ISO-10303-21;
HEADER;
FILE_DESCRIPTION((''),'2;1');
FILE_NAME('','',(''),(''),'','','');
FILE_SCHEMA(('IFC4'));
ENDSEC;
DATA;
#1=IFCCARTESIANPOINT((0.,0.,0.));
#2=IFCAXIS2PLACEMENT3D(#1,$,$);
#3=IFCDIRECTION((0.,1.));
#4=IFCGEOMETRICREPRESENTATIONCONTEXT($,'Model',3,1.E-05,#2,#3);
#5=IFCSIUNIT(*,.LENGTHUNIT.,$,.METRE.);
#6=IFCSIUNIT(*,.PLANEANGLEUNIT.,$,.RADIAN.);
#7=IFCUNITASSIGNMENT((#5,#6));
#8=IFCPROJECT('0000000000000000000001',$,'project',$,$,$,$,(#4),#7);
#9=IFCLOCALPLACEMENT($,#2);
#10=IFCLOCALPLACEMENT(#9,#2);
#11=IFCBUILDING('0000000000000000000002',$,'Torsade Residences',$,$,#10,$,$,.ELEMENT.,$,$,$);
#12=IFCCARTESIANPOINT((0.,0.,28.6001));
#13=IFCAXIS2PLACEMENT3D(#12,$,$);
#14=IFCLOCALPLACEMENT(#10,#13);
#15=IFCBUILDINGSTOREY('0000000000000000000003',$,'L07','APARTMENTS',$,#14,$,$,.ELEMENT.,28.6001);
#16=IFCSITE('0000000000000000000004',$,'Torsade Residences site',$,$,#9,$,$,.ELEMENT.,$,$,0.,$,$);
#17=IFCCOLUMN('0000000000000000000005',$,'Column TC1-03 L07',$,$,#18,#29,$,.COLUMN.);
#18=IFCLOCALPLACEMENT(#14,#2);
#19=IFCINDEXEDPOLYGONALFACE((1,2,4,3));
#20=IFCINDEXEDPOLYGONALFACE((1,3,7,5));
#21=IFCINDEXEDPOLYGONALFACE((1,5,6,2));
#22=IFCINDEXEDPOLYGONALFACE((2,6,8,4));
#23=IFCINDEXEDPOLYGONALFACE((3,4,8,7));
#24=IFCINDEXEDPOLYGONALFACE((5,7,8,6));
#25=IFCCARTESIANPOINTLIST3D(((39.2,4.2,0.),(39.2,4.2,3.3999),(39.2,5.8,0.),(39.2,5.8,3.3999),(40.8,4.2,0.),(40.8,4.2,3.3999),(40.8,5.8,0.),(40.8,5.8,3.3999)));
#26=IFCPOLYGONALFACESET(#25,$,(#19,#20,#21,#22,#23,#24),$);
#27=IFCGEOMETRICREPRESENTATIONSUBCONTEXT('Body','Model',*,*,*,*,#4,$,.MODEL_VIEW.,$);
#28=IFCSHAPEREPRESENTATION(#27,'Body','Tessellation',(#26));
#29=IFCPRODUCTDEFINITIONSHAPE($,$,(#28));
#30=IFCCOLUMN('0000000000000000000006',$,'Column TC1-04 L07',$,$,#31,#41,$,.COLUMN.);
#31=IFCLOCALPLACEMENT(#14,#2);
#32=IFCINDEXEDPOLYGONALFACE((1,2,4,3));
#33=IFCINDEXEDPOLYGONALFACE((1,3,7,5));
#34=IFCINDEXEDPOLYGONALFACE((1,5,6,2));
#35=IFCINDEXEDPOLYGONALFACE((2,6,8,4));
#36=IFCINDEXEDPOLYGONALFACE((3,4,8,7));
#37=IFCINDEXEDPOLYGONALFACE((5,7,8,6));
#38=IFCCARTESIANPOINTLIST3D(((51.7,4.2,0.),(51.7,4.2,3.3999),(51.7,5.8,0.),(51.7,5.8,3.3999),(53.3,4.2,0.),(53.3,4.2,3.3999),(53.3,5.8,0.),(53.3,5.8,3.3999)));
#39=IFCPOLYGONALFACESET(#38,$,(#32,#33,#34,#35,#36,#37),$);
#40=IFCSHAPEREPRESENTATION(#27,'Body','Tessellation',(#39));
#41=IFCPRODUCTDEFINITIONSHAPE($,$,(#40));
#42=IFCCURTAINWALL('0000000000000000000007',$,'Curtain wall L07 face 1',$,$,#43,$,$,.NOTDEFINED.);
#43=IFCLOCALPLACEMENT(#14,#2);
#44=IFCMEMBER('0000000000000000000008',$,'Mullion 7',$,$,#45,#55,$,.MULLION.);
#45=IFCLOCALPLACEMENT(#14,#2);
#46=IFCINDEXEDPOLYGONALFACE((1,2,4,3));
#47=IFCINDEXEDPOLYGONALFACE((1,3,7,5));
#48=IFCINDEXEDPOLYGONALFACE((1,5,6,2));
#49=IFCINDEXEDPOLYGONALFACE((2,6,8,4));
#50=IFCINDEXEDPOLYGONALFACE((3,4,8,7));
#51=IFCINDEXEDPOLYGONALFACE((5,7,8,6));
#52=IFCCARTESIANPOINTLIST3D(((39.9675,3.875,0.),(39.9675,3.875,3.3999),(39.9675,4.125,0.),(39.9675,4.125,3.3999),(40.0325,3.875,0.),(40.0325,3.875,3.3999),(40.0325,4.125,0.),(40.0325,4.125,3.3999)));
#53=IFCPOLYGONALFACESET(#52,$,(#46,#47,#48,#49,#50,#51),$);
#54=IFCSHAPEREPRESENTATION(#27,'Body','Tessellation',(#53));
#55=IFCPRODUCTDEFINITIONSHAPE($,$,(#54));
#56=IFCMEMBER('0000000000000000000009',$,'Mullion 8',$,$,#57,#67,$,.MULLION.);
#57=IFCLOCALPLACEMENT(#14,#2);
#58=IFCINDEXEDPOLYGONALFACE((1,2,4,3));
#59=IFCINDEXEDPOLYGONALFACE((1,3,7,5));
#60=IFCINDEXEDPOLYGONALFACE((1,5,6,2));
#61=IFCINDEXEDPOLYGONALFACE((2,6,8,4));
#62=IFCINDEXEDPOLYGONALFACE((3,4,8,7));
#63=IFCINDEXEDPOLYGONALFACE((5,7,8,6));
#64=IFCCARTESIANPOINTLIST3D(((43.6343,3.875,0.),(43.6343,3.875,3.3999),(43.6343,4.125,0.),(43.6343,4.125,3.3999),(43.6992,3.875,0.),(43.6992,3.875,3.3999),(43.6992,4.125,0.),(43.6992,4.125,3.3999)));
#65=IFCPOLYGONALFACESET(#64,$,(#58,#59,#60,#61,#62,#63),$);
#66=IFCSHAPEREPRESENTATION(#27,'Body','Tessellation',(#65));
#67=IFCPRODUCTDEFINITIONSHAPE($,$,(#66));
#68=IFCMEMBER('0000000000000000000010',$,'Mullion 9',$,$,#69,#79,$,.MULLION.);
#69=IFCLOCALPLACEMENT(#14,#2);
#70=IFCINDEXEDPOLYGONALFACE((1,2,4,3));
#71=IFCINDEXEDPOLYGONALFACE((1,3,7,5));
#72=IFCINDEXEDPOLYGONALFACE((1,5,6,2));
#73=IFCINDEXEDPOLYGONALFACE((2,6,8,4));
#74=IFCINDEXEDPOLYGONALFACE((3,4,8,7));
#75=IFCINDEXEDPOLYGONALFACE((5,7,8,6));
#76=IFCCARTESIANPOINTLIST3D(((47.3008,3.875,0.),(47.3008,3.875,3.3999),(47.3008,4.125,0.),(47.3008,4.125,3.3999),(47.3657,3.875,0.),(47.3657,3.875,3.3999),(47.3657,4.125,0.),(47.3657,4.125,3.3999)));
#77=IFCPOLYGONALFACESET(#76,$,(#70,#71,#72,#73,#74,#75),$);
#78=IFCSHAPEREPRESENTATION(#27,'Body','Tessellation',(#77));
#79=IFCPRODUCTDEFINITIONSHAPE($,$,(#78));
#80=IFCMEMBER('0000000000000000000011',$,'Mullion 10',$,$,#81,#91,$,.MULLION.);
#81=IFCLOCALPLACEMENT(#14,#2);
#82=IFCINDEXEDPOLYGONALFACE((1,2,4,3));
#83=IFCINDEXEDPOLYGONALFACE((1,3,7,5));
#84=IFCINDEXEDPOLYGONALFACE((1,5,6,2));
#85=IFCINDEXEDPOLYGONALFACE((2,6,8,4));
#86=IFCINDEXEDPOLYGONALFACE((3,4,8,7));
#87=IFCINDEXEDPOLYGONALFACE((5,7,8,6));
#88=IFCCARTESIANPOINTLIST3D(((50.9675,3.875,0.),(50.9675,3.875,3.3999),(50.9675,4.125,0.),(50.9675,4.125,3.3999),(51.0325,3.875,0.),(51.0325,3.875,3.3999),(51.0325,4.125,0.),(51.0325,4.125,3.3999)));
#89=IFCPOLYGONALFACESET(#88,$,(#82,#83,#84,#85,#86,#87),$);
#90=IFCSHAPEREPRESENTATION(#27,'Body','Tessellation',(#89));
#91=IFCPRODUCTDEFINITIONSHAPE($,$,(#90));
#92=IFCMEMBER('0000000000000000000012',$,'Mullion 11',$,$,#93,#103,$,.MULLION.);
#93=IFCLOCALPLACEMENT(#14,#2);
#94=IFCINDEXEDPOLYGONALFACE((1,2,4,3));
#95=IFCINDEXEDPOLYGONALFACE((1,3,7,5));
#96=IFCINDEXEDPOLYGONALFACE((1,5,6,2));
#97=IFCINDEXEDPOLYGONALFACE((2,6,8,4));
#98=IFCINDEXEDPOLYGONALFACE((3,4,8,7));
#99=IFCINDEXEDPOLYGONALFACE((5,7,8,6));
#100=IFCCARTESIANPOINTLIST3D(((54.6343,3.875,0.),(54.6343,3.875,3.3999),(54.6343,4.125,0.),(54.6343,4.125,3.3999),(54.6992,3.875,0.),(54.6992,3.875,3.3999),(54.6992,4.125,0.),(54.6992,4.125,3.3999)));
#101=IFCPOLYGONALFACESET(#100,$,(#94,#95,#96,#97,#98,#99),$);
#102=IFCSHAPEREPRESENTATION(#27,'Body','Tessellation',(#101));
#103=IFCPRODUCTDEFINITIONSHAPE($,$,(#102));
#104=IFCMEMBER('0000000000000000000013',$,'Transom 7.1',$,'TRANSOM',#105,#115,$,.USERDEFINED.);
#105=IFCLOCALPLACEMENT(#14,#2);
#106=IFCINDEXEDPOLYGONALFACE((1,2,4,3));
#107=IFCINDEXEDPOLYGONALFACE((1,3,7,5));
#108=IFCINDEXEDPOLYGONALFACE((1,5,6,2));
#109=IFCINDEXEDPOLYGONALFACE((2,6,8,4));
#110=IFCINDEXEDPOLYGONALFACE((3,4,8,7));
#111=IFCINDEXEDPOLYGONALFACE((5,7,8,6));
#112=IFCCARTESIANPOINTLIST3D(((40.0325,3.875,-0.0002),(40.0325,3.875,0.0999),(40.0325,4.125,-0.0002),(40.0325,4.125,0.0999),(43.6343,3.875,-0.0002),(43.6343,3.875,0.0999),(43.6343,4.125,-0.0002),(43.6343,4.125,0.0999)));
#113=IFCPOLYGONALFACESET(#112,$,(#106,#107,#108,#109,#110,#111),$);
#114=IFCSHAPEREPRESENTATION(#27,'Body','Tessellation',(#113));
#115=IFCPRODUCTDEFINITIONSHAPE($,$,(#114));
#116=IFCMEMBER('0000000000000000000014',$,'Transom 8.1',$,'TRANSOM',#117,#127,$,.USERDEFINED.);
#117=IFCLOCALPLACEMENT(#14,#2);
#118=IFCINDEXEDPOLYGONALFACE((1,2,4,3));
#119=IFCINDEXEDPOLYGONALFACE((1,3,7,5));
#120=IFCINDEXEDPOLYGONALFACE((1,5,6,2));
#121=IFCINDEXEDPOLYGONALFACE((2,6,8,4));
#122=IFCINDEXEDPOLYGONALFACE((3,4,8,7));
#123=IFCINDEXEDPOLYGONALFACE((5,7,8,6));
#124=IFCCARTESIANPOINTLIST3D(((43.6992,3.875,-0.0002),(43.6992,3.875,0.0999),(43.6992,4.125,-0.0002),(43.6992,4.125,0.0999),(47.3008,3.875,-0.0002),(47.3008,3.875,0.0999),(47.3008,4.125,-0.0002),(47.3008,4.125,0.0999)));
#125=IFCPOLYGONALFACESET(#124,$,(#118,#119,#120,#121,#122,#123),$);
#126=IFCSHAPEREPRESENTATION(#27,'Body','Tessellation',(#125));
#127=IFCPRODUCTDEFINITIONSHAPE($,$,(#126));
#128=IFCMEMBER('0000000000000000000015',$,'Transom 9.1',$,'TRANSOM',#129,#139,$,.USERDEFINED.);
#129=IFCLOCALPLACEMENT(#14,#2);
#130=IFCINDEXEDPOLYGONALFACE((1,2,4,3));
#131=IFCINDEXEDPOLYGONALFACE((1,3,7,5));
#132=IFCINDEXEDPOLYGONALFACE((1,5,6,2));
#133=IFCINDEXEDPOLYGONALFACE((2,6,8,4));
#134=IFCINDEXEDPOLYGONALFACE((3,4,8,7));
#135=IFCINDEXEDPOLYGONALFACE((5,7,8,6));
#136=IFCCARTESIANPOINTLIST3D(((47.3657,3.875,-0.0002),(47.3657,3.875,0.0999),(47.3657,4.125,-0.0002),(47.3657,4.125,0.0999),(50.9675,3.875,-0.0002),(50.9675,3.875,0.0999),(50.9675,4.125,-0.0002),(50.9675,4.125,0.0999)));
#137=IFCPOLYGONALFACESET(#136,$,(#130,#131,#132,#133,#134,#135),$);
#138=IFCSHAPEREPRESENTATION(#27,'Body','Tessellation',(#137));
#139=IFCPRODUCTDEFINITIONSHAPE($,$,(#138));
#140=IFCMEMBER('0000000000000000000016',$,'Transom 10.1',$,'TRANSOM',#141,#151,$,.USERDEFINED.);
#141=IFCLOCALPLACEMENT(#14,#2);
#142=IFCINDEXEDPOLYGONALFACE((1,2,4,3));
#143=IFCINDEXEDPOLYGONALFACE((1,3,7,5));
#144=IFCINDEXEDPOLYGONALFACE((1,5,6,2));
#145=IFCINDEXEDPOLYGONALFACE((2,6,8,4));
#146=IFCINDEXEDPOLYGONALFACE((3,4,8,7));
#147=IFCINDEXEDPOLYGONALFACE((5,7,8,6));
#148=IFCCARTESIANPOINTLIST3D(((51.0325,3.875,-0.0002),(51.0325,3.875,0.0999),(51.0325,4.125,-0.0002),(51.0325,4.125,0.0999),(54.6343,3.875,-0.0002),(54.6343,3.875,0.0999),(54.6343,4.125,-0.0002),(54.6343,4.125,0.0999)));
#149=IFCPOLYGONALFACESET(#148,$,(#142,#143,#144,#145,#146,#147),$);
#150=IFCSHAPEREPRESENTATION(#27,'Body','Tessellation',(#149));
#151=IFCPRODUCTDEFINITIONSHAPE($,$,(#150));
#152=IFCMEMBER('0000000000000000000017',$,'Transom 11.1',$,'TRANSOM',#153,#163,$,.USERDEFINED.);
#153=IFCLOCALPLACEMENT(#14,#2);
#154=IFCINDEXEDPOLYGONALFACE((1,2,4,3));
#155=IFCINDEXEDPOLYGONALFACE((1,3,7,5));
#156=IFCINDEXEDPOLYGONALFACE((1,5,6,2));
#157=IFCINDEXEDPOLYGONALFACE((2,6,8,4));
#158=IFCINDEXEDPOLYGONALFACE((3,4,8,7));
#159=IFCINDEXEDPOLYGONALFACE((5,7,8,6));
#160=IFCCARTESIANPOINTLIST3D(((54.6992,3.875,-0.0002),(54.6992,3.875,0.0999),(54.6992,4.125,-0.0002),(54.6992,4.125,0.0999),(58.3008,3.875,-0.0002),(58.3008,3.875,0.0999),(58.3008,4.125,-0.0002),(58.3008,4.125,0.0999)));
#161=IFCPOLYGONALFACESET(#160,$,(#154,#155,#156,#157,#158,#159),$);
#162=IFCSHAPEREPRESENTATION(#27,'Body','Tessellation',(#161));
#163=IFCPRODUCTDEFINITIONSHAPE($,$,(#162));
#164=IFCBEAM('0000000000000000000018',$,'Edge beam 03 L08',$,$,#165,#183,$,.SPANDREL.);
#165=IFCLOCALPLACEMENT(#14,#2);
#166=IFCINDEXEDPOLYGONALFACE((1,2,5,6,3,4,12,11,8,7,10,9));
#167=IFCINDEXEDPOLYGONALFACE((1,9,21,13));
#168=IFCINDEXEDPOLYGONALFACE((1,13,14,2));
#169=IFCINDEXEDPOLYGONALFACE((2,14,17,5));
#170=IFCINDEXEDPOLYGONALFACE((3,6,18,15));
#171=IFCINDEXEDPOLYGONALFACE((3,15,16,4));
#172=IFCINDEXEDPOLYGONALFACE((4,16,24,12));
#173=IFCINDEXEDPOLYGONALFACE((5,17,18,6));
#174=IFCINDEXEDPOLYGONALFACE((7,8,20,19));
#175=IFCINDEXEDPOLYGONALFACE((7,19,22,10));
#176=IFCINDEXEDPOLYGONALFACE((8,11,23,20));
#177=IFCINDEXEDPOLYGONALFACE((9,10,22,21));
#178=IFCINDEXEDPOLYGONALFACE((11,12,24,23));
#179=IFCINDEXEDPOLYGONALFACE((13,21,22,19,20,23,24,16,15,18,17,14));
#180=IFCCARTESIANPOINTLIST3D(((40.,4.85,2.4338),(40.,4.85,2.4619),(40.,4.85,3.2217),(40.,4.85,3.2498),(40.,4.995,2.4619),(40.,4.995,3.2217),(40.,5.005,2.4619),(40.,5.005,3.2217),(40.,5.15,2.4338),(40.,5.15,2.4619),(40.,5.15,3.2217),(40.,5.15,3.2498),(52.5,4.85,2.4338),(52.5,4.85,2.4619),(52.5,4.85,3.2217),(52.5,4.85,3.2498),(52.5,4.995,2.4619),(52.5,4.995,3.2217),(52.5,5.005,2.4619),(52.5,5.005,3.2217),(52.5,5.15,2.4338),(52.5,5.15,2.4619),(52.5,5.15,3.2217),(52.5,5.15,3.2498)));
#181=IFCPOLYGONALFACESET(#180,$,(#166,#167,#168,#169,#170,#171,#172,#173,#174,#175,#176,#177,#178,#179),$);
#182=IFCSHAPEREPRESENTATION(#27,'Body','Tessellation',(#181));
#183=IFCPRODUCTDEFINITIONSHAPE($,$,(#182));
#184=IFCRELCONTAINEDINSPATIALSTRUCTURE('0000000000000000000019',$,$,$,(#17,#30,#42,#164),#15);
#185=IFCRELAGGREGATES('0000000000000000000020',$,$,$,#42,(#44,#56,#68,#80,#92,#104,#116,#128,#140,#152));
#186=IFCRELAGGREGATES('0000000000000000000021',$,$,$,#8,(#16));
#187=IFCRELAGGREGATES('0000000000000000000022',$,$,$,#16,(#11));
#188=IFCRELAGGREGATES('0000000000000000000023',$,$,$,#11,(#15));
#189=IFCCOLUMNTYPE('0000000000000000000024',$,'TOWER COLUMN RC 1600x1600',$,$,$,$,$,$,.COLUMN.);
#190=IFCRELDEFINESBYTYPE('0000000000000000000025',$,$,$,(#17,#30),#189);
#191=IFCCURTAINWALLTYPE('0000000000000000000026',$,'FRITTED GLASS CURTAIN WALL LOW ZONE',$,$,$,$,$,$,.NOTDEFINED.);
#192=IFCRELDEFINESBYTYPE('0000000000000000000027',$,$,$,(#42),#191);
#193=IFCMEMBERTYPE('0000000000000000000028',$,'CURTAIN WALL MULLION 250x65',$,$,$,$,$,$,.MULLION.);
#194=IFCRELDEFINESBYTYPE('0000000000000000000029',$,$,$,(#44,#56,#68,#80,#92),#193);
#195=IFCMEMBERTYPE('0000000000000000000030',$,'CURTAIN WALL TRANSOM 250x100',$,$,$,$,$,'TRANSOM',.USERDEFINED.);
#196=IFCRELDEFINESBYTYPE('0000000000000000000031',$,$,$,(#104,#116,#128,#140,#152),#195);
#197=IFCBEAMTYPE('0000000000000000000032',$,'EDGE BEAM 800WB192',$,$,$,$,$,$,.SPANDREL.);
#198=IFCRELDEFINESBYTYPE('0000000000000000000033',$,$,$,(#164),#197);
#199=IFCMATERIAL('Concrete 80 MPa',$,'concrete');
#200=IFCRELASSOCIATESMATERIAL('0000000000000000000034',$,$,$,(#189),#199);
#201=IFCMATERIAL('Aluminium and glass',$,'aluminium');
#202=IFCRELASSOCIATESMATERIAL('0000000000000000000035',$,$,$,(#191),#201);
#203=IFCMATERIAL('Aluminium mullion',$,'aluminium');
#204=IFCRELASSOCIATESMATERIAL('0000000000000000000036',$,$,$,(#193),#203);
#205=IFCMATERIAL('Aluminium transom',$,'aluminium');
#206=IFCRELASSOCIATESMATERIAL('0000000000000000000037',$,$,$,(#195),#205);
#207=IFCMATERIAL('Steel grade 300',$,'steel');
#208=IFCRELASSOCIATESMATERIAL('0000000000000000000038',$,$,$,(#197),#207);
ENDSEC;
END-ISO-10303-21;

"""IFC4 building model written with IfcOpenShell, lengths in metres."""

from ifc_helpers import new_model, si_unit, direction, frame, origin, origin_2d, place, context, subcontext, project, spatial, rectangle, i_section, extrude, material, material_profile, profile_set, type_object, element, aggregate, save


model = new_model("IFC4")

# Units and contexts
model_context = context("Model", 3, precision=1e-05, world=origin(), true_north=direction((0.0, 1.0)))
body_context = subcontext(model_context, "Body", "Model", "MODEL_VIEW")
ifc_project = project(units=[si_unit("LENGTHUNIT", "METRE"), si_unit("PLANEANGLEUNIT", "RADIAN")], contexts=[model_context])

# Site, building, storey
site_placement = place(None, origin())
site = spatial("IfcSite", under=ifc_project, at=site_placement, Name="Torsade Residences site", CompositionType="ELEMENT", RefElevation=0.0)
building_placement = place(site_placement, origin())
building = spatial("IfcBuilding", under=site, at=building_placement, Name="Torsade Residences", CompositionType="ELEMENT")
storey_placement = place(building_placement, frame((0.0, 0.0, 28.6001)))
storey = spatial("IfcBuildingStorey", under=building, at=storey_placement, Name="L07", Description="APARTMENTS", CompositionType="ELEMENT", Elevation=28.6001)

# Columns
ifc_material_1 = material(Name="Concrete 80 MPa", Category="concrete")
ifc_material_profile_1 = material_profile(ifc_material_1, rectangle(XDim=1.6001, YDim=1.6001, at=origin_2d()), Name="RC 1600x1600")
ifc_profile_set_1 = profile_set([ifc_material_profile_1], Name="Concrete 80 MPa")
column_type = type_object("IfcColumnType", Name="TOWER COLUMN RC 1600x1600", PredefinedType="COLUMN", material=ifc_profile_set_1)
for number, where, z_axis, x_axis, name in (
    (1, (40.0, 5.0, 0.0), (0.0, 0.0, 1.0), (1.0, 0.0, 0.0), "Column TC1-03 L07"),
    (2, (52.5, 5.0, 0.0), (0.0, 0.0, 1.0), (1.0, 0.0, 0.0), "Column TC1-04 L07"),
):
    element("IfcColumn", number, at=place(storey_placement, frame(where, z_axis=z_axis, x_axis=x_axis)), inside=storey, type_object=column_type, Name=name, PredefinedType="COLUMN", context=body_context, shape_type="SweptSolid", body=[
        extrude(rectangle(XDim=1.6001, YDim=1.6001, at=origin_2d()), origin(), (0.0, 0.0, 1.0), 3.3999),
    ])

# Curtain wall, members
ifc_material_2 = material(Name="Aluminium and glass", Category="aluminium")
curtain_wall_type = type_object("IfcCurtainWallType", Name="FRITTED GLASS CURTAIN WALL LOW ZONE", PredefinedType="NOTDEFINED", material=ifc_material_2)
curtain_wall_placement = place(storey_placement, origin())
curtain_wall = element("IfcCurtainWall", 3, at=curtain_wall_placement, inside=storey, type_object=curtain_wall_type, Name="Curtain wall L07 face 1", PredefinedType="NOTDEFINED")
ifc_material_3 = material(Name="Aluminium mullion", Category="aluminium")
ifc_material_profile_2 = material_profile(ifc_material_3, rectangle(XDim=0.25, YDim=0.0649, at=origin_2d()), Name="CURTAIN WALL MULLION 250x65")
ifc_profile_set_2 = profile_set([ifc_material_profile_2], Name="Aluminium mullion")
member_type_1 = type_object("IfcMemberType", Name="CURTAIN WALL MULLION 250x65", PredefinedType="MULLION", material=ifc_profile_set_2)
member_1_placement = place(storey_placement, frame((40.0, 4.0, 0.0), z_axis=(0.0, 0.0, 1.0), x_axis=(0.0, 1.0, 0.0)))
member_1 = element("IfcMember", 4, at=member_1_placement, type_object=member_type_1, Name="Mullion 7", PredefinedType="MULLION", context=body_context, shape_type="SweptSolid", body=[
    extrude(rectangle(XDim=0.25, YDim=0.0649, at=origin_2d()), origin(), (0.0, 0.0, 1.0), 3.3999),
])
member_2_placement = place(storey_placement, frame((43.6667, 4.0, 0.0), z_axis=(0.0, 0.0, 1.0), x_axis=(0.0, 1.0, 0.0)))
member_2 = element("IfcMember", 5, at=member_2_placement, type_object=member_type_1, Name="Mullion 8", PredefinedType="MULLION", context=body_context, shape_type="SweptSolid", body=[
    extrude(rectangle(XDim=0.25, YDim=0.0649, at=origin_2d()), origin(), (0.0, 0.0, 1.0), 3.3999),
])
member_3_placement = place(storey_placement, frame((47.3333, 4.0, 0.0), z_axis=(0.0, 0.0, 1.0), x_axis=(0.0, 1.0, 0.0)))
member_3 = element("IfcMember", 6, at=member_3_placement, type_object=member_type_1, Name="Mullion 9", PredefinedType="MULLION", context=body_context, shape_type="SweptSolid", body=[
    extrude(rectangle(XDim=0.25, YDim=0.0649, at=origin_2d()), origin(), (0.0, 0.0, 1.0), 3.3999),
])
member_4_placement = place(storey_placement, frame((51.0, 4.0, 0.0), z_axis=(0.0, 0.0, 1.0), x_axis=(0.0, 1.0, 0.0)))
member_4 = element("IfcMember", 7, at=member_4_placement, type_object=member_type_1, Name="Mullion 10", PredefinedType="MULLION", context=body_context, shape_type="SweptSolid", body=[
    extrude(rectangle(XDim=0.25, YDim=0.0649, at=origin_2d()), origin(), (0.0, 0.0, 1.0), 3.3999),
])
member_5_placement = place(storey_placement, frame((54.6667, 4.0, 0.0), z_axis=(0.0, 0.0, 1.0), x_axis=(0.0, 1.0, 0.0)))
member_5 = element("IfcMember", 8, at=member_5_placement, type_object=member_type_1, Name="Mullion 11", PredefinedType="MULLION", context=body_context, shape_type="SweptSolid", body=[
    extrude(rectangle(XDim=0.25, YDim=0.0649, at=origin_2d()), origin(), (0.0, 0.0, 1.0), 3.3999),
])
ifc_material_4 = material(Name="Aluminium transom", Category="aluminium")
ifc_material_profile_3 = material_profile(ifc_material_4, rectangle(XDim=0.25, YDim=0.1001, at=origin_2d()), Name="CURTAIN WALL TRANSOM 250x100")
ifc_profile_set_3 = profile_set([ifc_material_profile_3], Name="Aluminium transom")
member_type_2 = type_object("IfcMemberType", Name="CURTAIN WALL TRANSOM 250x100", ElementType="TRANSOM", PredefinedType="USERDEFINED", material=ifc_profile_set_3)
member_6_placement = place(storey_placement, frame((40.0325, 4.0, 0.0498), z_axis=(1.0, 0.0, 0.0), x_axis=(0.0, 1.0, 0.0)))
member_6 = element("IfcMember", 9, at=member_6_placement, type_object=member_type_2, Name="Transom 7.1", ObjectType="TRANSOM", PredefinedType="USERDEFINED", context=body_context, shape_type="SweptSolid", body=[
    extrude(rectangle(XDim=0.25, YDim=0.1001, at=origin_2d()), origin(), (0.0, 0.0, 1.0), 3.6018),
])
member_7_placement = place(storey_placement, frame((43.6992, 4.0, 0.0498), z_axis=(1.0, 0.0, 0.0), x_axis=(0.0, 1.0, 0.0)))
member_7 = element("IfcMember", 10, at=member_7_placement, type_object=member_type_2, Name="Transom 8.1", ObjectType="TRANSOM", PredefinedType="USERDEFINED", context=body_context, shape_type="SweptSolid", body=[
    extrude(rectangle(XDim=0.25, YDim=0.1001, at=origin_2d()), origin(), (0.0, 0.0, 1.0), 3.6016),
])
member_8_placement = place(storey_placement, frame((47.3657, 4.0, 0.0498), z_axis=(1.0, 0.0, 0.0), x_axis=(0.0, 1.0, 0.0)))
member_8 = element("IfcMember", 11, at=member_8_placement, type_object=member_type_2, Name="Transom 9.1", ObjectType="TRANSOM", PredefinedType="USERDEFINED", context=body_context, shape_type="SweptSolid", body=[
    extrude(rectangle(XDim=0.25, YDim=0.1001, at=origin_2d()), origin(), (0.0, 0.0, 1.0), 3.6018),
])
member_9_placement = place(storey_placement, frame((51.0325, 4.0, 0.0498), z_axis=(1.0, 0.0, 0.0), x_axis=(0.0, 1.0, 0.0)))
member_9 = element("IfcMember", 12, at=member_9_placement, type_object=member_type_2, Name="Transom 10.1", ObjectType="TRANSOM", PredefinedType="USERDEFINED", context=body_context, shape_type="SweptSolid", body=[
    extrude(rectangle(XDim=0.25, YDim=0.1001, at=origin_2d()), origin(), (0.0, 0.0, 1.0), 3.6018),
])
member_10_placement = place(storey_placement, frame((54.6992, 4.0, 0.0498), z_axis=(1.0, 0.0, 0.0), x_axis=(0.0, 1.0, 0.0)))
member_10 = element("IfcMember", 13, at=member_10_placement, type_object=member_type_2, Name="Transom 11.1", ObjectType="TRANSOM", PredefinedType="USERDEFINED", context=body_context, shape_type="SweptSolid", body=[
    extrude(rectangle(XDim=0.25, YDim=0.1001, at=origin_2d()), origin(), (0.0, 0.0, 1.0), 3.6016),
])

# Beam
ifc_material_5 = material(Name="Steel grade 300", Category="steel")
ifc_material_profile_4 = material_profile(ifc_material_5, i_section(OverallWidth=0.3, OverallDepth=0.8159, WebThickness=0.01, FlangeThickness=0.0281, at=origin_2d()), Name="800WB192")
ifc_profile_set_4 = profile_set([ifc_material_profile_4], Name="Steel grade 300")
beam_type_1 = type_object("IfcBeamType", Name="EDGE BEAM 800WB192", PredefinedType="SPANDREL", material=ifc_profile_set_4)
for number, where, z_axis, x_axis, name in (
    (14, (40.0, 5.0, 2.8418), (1.0, 0.0, 0.0), (0.0, 1.0, 0.0), "Edge beam 03 L08"),
):
    element("IfcBeam", number, at=place(storey_placement, frame(where, z_axis=z_axis, x_axis=x_axis)), inside=storey, type_object=beam_type_1, Name=name, PredefinedType="SPANDREL", context=body_context, shape_type="SweptSolid", body=[
        extrude(i_section(OverallWidth=0.3, OverallDepth=0.8159, WebThickness=0.01, FlangeThickness=0.0281, at=origin_2d()), origin(), (0.0, 0.0, 1.0), 12.5),
    ])

aggregate(curtain_wall, [member_1, member_2, member_3, member_4, member_5, member_6, member_7, member_8, member_9, member_10])

save(model, "model.ifc")
